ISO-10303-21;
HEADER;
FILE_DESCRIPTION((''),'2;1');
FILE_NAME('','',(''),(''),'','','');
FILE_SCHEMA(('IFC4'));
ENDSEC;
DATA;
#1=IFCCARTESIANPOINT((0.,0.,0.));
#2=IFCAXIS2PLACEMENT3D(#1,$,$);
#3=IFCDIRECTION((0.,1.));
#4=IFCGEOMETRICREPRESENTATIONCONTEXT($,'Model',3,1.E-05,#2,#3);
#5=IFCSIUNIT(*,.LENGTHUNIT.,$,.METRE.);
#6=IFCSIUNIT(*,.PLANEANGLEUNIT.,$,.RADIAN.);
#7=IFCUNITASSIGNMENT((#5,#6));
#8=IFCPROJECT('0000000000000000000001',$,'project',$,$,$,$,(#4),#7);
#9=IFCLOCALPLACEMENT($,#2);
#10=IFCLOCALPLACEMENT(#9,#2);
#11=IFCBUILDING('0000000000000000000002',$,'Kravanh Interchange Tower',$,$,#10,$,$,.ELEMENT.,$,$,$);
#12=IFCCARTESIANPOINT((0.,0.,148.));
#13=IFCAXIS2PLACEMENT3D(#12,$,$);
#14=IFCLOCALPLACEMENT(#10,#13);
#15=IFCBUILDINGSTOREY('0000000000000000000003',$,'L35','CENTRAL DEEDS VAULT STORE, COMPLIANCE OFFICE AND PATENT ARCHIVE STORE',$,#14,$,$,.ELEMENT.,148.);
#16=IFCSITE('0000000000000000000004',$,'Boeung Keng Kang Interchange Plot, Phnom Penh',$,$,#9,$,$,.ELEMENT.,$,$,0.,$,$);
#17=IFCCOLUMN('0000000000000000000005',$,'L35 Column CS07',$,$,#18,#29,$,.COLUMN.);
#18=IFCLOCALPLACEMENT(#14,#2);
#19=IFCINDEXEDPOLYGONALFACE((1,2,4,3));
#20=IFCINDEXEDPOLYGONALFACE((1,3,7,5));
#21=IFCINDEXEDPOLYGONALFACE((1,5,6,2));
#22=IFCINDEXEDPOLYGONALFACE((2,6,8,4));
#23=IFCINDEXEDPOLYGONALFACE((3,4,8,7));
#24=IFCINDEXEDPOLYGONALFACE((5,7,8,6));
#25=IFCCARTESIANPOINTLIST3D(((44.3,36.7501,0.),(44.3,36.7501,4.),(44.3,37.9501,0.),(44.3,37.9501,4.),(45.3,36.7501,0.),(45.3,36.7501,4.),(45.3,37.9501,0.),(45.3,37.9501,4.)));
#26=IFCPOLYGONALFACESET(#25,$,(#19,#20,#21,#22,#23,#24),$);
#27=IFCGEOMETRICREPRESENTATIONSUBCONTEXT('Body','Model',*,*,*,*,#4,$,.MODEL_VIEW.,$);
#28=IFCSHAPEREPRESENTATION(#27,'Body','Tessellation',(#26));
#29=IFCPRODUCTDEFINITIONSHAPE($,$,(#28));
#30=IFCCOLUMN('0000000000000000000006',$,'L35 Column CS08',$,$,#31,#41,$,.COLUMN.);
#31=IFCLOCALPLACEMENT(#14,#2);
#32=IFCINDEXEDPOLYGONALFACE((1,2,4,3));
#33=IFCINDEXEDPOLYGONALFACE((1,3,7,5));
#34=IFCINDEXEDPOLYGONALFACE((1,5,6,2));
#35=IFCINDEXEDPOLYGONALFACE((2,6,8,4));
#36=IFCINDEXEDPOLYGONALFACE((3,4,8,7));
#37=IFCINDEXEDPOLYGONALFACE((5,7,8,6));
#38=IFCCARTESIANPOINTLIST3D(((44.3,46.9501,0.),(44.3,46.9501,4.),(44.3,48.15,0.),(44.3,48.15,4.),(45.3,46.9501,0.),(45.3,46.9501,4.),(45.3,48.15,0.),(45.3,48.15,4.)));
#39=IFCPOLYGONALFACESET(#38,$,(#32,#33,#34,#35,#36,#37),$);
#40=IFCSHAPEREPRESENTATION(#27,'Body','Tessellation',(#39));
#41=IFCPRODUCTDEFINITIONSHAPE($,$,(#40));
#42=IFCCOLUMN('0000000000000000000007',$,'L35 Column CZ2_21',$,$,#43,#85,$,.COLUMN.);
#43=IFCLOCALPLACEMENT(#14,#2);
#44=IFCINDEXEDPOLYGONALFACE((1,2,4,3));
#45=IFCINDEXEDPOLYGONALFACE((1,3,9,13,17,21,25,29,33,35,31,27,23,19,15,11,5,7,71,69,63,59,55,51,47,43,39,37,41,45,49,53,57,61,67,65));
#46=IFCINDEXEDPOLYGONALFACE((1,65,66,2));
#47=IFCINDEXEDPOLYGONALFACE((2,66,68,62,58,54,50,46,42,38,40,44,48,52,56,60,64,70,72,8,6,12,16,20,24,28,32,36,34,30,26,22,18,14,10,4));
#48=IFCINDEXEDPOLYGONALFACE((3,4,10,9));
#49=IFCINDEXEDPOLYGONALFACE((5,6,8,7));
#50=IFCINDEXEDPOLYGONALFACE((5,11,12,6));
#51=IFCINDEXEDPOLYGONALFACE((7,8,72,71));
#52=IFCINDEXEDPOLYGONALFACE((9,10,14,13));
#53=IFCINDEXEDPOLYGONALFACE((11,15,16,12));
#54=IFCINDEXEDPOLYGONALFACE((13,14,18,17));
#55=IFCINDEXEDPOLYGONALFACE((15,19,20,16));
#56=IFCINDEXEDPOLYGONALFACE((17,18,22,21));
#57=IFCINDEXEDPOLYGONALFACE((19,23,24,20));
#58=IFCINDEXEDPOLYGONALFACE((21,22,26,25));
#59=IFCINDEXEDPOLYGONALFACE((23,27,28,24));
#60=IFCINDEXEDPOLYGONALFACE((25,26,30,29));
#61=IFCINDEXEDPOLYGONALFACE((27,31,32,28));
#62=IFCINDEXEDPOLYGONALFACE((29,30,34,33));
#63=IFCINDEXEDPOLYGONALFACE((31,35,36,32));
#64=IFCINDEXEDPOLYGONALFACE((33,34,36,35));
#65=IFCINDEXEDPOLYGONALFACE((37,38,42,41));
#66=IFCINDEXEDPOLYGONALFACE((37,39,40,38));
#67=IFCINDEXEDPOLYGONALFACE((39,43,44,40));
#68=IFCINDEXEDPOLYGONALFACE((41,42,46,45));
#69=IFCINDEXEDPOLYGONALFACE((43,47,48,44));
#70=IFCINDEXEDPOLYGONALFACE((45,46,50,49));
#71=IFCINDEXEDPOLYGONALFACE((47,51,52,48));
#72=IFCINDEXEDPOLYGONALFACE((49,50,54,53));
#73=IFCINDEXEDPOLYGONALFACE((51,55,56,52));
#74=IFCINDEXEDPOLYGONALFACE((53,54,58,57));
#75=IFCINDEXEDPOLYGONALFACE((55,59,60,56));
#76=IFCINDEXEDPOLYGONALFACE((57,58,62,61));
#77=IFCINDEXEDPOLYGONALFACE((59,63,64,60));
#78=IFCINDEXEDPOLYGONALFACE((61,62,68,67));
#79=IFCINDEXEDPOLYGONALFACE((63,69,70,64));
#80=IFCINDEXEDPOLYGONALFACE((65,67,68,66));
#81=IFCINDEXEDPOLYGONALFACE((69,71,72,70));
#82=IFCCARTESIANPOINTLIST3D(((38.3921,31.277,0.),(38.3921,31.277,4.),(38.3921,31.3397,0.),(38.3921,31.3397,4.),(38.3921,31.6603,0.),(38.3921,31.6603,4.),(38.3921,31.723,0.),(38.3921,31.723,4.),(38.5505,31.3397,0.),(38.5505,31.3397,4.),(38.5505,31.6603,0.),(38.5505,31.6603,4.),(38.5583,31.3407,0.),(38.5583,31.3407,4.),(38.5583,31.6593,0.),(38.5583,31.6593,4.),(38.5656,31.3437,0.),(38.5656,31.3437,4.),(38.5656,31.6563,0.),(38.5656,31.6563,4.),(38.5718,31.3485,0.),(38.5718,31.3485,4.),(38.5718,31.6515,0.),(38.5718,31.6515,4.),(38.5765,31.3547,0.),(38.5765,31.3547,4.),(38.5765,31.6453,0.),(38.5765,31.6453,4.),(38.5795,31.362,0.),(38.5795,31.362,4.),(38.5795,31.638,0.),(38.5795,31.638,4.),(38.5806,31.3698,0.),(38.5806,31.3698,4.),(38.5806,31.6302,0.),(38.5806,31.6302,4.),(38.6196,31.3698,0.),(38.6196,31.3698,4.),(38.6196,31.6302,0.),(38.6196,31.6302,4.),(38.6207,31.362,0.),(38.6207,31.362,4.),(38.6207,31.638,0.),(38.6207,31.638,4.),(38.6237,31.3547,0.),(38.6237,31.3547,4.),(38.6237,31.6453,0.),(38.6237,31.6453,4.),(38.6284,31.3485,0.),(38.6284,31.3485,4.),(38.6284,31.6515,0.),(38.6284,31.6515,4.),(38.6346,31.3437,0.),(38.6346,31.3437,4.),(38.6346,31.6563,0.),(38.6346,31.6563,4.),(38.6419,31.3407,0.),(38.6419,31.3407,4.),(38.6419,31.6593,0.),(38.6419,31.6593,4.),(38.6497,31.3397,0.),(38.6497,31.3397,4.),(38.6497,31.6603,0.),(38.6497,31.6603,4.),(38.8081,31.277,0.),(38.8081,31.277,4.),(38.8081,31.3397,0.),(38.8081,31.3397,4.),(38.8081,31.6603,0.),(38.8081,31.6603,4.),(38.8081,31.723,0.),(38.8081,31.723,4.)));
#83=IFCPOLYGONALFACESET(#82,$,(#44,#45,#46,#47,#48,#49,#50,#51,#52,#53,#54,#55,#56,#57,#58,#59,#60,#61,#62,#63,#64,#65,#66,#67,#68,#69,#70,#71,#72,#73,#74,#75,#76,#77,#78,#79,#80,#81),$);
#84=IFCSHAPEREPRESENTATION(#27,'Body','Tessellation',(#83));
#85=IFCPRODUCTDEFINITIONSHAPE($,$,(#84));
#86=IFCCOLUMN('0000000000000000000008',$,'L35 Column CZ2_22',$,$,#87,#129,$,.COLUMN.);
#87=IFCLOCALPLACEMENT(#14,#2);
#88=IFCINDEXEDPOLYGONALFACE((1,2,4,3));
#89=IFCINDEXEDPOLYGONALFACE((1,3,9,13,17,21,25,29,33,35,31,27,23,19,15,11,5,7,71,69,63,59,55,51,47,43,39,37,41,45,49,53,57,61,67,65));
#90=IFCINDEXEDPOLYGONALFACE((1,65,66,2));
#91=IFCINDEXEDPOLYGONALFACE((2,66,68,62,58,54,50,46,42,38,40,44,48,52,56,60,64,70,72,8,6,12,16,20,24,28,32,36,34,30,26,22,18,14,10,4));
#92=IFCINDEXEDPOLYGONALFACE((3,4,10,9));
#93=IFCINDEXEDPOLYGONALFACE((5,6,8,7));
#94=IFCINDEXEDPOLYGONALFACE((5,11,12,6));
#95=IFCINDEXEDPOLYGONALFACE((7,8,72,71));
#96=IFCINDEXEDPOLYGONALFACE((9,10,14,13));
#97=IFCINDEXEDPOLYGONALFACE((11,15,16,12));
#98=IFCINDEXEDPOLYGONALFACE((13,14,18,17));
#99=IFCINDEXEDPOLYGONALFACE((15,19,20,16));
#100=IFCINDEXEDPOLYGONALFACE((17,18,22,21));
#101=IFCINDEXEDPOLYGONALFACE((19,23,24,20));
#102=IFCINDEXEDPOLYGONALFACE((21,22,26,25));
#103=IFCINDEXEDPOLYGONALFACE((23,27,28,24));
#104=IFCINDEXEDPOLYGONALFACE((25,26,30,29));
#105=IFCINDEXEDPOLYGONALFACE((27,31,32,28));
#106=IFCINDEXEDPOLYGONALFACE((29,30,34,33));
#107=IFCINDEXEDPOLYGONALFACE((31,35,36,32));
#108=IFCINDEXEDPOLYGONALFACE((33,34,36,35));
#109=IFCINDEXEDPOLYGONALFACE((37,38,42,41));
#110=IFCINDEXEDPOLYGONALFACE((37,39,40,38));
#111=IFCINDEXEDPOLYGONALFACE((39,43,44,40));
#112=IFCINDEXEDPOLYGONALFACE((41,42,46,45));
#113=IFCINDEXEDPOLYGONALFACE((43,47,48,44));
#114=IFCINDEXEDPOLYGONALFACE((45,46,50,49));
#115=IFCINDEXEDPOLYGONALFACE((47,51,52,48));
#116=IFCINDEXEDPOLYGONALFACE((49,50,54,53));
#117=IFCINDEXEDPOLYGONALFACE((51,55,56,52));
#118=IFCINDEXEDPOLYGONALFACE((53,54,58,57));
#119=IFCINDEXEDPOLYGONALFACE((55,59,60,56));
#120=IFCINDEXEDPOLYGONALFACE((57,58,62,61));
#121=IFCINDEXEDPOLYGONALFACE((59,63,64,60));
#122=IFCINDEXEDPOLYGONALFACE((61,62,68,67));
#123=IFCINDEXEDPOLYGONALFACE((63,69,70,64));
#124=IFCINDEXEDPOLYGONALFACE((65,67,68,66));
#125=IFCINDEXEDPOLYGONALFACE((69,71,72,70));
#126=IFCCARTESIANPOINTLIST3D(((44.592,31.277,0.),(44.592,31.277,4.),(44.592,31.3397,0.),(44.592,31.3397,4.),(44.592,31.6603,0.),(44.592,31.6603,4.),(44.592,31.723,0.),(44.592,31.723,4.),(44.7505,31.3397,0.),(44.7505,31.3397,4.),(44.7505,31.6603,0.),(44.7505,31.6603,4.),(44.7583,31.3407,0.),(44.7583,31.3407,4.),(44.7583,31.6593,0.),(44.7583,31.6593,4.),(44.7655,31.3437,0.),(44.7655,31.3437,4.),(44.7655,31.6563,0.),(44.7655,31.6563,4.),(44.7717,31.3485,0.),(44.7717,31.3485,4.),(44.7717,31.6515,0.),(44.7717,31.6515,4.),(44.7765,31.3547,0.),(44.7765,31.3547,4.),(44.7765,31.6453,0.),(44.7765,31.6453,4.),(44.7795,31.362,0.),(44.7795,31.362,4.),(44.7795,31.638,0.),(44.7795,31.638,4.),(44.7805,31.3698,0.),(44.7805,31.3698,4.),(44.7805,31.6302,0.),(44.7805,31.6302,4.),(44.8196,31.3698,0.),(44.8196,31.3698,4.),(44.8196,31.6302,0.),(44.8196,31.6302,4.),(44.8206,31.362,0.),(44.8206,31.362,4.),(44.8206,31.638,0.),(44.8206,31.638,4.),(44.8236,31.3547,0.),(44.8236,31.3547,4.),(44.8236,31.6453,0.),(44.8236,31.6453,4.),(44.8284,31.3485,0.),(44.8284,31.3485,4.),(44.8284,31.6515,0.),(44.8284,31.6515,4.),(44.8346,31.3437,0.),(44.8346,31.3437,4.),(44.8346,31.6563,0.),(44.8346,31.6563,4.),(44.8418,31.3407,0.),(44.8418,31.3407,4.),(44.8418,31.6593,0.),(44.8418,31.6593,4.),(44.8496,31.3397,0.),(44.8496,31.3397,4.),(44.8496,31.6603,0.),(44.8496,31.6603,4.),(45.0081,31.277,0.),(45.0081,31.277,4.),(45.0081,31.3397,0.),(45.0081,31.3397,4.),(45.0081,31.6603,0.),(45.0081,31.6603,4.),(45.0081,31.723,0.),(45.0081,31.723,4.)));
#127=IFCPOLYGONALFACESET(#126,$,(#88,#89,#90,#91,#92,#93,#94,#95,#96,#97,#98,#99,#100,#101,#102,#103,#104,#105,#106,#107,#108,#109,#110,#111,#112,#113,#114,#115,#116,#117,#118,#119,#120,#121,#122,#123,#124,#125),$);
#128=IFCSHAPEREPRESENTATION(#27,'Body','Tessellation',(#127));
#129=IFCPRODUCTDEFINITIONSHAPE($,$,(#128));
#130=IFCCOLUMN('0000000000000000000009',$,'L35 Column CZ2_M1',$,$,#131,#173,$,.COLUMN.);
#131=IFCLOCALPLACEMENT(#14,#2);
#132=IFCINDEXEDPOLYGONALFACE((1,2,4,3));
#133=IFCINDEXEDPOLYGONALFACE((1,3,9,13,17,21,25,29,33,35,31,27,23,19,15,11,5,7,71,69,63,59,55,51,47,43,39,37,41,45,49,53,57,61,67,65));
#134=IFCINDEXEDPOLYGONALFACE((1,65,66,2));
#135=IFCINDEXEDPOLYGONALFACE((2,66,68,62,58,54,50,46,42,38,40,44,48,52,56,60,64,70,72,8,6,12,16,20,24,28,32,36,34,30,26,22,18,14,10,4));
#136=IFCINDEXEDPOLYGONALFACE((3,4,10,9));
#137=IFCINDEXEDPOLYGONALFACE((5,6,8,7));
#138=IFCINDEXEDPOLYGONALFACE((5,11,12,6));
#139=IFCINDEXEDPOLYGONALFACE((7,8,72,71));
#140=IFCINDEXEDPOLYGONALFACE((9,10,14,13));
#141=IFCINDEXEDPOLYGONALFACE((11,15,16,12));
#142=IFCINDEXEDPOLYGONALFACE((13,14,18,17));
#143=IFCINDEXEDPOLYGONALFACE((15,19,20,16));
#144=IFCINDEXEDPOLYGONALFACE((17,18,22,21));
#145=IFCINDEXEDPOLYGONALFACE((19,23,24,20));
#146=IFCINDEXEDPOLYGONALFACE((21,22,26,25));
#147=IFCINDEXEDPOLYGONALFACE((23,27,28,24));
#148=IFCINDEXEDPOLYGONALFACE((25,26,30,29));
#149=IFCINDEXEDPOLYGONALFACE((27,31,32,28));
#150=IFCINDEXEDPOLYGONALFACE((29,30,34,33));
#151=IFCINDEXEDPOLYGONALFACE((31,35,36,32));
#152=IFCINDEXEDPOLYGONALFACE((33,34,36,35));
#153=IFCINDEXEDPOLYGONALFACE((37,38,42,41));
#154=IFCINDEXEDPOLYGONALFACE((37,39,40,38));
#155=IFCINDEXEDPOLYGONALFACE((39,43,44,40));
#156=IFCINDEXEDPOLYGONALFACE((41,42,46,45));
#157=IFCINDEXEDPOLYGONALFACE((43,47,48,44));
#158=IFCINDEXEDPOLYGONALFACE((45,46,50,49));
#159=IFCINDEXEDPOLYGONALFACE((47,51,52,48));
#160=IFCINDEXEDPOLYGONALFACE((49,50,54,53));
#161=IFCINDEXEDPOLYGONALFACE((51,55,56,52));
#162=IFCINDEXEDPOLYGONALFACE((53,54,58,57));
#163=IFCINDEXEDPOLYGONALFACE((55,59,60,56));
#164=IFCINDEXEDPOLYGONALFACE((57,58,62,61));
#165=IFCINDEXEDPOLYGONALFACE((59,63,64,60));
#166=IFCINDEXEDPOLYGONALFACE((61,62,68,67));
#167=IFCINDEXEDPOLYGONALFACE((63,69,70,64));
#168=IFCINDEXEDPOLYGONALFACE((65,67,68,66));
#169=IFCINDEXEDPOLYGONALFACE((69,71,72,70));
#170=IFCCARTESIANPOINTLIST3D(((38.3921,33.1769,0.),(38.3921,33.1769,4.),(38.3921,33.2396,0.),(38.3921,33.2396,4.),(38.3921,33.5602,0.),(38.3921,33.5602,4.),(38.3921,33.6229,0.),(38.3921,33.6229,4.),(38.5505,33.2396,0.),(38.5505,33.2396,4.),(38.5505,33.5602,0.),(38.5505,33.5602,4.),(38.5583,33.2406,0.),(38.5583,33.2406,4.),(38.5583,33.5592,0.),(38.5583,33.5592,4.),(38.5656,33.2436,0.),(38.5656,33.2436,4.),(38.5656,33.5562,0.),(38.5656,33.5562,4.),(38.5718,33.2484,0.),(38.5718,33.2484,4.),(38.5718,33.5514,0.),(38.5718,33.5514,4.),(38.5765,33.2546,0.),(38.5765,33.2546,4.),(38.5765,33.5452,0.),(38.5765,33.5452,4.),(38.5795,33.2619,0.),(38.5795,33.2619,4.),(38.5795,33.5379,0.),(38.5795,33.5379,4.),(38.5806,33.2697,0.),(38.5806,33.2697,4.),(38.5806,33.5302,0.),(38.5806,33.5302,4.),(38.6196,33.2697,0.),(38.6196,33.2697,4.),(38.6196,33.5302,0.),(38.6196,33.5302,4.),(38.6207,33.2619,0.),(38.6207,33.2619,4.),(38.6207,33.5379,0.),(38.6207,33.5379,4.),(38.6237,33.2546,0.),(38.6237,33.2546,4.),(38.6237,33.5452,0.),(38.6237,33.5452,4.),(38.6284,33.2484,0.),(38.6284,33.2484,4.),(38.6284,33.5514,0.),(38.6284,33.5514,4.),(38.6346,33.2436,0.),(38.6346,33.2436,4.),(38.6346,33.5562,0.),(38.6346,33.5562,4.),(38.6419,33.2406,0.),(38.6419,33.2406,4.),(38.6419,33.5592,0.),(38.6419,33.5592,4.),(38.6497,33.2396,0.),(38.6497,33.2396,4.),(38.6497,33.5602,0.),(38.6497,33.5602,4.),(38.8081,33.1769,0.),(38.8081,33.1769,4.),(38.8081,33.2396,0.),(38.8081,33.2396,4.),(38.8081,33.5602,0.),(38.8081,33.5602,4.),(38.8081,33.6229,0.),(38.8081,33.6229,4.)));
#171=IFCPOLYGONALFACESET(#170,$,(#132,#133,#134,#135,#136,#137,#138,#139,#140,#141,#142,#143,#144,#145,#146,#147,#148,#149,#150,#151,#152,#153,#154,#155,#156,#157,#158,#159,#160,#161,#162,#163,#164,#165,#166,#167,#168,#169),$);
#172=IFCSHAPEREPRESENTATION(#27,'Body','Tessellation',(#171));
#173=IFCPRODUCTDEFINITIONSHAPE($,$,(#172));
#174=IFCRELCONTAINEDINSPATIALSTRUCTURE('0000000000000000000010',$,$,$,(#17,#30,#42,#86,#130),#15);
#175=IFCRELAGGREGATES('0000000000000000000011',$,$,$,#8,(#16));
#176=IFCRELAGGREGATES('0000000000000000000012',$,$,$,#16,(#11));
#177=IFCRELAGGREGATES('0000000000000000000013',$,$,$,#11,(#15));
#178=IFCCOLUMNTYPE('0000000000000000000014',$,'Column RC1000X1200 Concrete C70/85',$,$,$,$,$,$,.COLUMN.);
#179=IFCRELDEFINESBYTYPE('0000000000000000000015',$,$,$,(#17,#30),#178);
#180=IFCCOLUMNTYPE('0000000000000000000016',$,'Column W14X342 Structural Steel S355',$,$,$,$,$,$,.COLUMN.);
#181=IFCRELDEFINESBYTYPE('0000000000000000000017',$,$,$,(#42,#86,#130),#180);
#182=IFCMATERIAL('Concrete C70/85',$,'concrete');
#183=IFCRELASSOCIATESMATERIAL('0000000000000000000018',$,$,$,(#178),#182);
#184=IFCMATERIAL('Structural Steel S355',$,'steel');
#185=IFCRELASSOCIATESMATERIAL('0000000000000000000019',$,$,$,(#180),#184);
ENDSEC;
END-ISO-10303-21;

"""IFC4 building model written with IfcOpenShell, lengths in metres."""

from ifc_helpers import new_model, si_unit, direction, frame, origin, origin_2d, place, context, subcontext, project, spatial, rectangle, i_section, extrude, material, material_profile, profile_set, type_object, element, save


model = new_model("IFC4")

# Units and contexts
model_context = context("Model", 3, precision=1e-05, world=origin(), true_north=direction((0.0, 1.0)))
body_context = subcontext(model_context, "Body", "Model", "MODEL_VIEW")
ifc_project = project(units=[si_unit("LENGTHUNIT", "METRE"), si_unit("PLANEANGLEUNIT", "RADIAN")], contexts=[model_context])

# Site, building, storey
site_placement = place(None, origin())
site = spatial("IfcSite", under=ifc_project, at=site_placement, Name="Boeung Keng Kang Interchange Plot, Phnom Penh", CompositionType="ELEMENT", RefElevation=0.0)
building_placement = place(site_placement, origin())
building = spatial("IfcBuilding", under=site, at=building_placement, Name="Kravanh Interchange Tower", CompositionType="ELEMENT")
storey_placement = place(building_placement, frame((0.0, 0.0, 148.0)))
storey = spatial("IfcBuildingStorey", under=building, at=storey_placement, Name="L35", Description="CENTRAL DEEDS VAULT STORE, COMPLIANCE OFFICE AND PATENT ARCHIVE STORE", CompositionType="ELEMENT", Elevation=148.0)

# Columns
ifc_material_1 = material(Name="Concrete C70/85", Category="concrete")
ifc_material_profile_1 = material_profile(ifc_material_1, rectangle(XDim=1.0, YDim=1.2, at=origin_2d()), Name="RC1000X1200")
ifc_profile_set_1 = profile_set([ifc_material_profile_1], Name="Concrete C70/85")
column_type_1 = type_object("IfcColumnType", Name="Column RC1000X1200 Concrete C70/85", PredefinedType="COLUMN", material=ifc_profile_set_1)
for number, where, z_axis, x_axis, name in (
    (1, (44.8, 37.3501, 0.0), (0.0, 0.0, 1.0), (1.0, 0.0, 0.0), "L35 Column CS07"),
    (2, (44.8, 47.55, 0.0), (0.0, 0.0, 1.0), (1.0, 0.0, 0.0), "L35 Column CS08"),
):
    element("IfcColumn", number, at=place(storey_placement, frame(where, z_axis=z_axis, x_axis=x_axis)), inside=storey, type_object=column_type_1, Name=name, PredefinedType="COLUMN", context=body_context, shape_type="SweptSolid", body=[
        extrude(rectangle(XDim=1.0, YDim=1.2, at=origin_2d()), origin(), (0.0, 0.0, 1.0), 4.0),
    ])
ifc_material_2 = material(Name="Structural Steel S355", Category="steel")
ifc_material_profile_2 = material_profile(ifc_material_2, i_section(OverallWidth=0.416, OverallDepth=0.446, WebThickness=0.0391, FlangeThickness=0.0627, FilletRadius=0.03, at=origin_2d()), Name="W14X342")
ifc_profile_set_2 = profile_set([ifc_material_profile_2], Name="Structural Steel S355")
column_type_2 = type_object("IfcColumnType", Name="Column W14X342 Structural Steel S355", PredefinedType="COLUMN", material=ifc_profile_set_2)
for number, where, z_axis, x_axis, name in (
    (3, (38.6001, 31.5, 0.0), (0.0, 0.0, 1.0), (1.0, 0.0, 0.0), "L35 Column CZ2_21"),
    (4, (44.8, 31.5, 0.0), (0.0, 0.0, 1.0), (1.0, 0.0, 0.0), "L35 Column CZ2_22"),
    (5, (38.6001, 33.3999, 0.0), (0.0, 0.0, 1.0), (1.0, 0.0, 0.0), "L35 Column CZ2_M1"),
):
    element("IfcColumn", number, at=place(storey_placement, frame(where, z_axis=z_axis, x_axis=x_axis)), inside=storey, type_object=column_type_2, Name=name, PredefinedType="COLUMN", context=body_context, shape_type="SweptSolid", body=[
        extrude(i_section(OverallWidth=0.416, OverallDepth=0.446, WebThickness=0.0391, FlangeThickness=0.0627, FilletRadius=0.03, at=origin_2d()), origin(), (0.0, 0.0, 1.0), 4.0),
    ])

save(model, "model.ifc")
